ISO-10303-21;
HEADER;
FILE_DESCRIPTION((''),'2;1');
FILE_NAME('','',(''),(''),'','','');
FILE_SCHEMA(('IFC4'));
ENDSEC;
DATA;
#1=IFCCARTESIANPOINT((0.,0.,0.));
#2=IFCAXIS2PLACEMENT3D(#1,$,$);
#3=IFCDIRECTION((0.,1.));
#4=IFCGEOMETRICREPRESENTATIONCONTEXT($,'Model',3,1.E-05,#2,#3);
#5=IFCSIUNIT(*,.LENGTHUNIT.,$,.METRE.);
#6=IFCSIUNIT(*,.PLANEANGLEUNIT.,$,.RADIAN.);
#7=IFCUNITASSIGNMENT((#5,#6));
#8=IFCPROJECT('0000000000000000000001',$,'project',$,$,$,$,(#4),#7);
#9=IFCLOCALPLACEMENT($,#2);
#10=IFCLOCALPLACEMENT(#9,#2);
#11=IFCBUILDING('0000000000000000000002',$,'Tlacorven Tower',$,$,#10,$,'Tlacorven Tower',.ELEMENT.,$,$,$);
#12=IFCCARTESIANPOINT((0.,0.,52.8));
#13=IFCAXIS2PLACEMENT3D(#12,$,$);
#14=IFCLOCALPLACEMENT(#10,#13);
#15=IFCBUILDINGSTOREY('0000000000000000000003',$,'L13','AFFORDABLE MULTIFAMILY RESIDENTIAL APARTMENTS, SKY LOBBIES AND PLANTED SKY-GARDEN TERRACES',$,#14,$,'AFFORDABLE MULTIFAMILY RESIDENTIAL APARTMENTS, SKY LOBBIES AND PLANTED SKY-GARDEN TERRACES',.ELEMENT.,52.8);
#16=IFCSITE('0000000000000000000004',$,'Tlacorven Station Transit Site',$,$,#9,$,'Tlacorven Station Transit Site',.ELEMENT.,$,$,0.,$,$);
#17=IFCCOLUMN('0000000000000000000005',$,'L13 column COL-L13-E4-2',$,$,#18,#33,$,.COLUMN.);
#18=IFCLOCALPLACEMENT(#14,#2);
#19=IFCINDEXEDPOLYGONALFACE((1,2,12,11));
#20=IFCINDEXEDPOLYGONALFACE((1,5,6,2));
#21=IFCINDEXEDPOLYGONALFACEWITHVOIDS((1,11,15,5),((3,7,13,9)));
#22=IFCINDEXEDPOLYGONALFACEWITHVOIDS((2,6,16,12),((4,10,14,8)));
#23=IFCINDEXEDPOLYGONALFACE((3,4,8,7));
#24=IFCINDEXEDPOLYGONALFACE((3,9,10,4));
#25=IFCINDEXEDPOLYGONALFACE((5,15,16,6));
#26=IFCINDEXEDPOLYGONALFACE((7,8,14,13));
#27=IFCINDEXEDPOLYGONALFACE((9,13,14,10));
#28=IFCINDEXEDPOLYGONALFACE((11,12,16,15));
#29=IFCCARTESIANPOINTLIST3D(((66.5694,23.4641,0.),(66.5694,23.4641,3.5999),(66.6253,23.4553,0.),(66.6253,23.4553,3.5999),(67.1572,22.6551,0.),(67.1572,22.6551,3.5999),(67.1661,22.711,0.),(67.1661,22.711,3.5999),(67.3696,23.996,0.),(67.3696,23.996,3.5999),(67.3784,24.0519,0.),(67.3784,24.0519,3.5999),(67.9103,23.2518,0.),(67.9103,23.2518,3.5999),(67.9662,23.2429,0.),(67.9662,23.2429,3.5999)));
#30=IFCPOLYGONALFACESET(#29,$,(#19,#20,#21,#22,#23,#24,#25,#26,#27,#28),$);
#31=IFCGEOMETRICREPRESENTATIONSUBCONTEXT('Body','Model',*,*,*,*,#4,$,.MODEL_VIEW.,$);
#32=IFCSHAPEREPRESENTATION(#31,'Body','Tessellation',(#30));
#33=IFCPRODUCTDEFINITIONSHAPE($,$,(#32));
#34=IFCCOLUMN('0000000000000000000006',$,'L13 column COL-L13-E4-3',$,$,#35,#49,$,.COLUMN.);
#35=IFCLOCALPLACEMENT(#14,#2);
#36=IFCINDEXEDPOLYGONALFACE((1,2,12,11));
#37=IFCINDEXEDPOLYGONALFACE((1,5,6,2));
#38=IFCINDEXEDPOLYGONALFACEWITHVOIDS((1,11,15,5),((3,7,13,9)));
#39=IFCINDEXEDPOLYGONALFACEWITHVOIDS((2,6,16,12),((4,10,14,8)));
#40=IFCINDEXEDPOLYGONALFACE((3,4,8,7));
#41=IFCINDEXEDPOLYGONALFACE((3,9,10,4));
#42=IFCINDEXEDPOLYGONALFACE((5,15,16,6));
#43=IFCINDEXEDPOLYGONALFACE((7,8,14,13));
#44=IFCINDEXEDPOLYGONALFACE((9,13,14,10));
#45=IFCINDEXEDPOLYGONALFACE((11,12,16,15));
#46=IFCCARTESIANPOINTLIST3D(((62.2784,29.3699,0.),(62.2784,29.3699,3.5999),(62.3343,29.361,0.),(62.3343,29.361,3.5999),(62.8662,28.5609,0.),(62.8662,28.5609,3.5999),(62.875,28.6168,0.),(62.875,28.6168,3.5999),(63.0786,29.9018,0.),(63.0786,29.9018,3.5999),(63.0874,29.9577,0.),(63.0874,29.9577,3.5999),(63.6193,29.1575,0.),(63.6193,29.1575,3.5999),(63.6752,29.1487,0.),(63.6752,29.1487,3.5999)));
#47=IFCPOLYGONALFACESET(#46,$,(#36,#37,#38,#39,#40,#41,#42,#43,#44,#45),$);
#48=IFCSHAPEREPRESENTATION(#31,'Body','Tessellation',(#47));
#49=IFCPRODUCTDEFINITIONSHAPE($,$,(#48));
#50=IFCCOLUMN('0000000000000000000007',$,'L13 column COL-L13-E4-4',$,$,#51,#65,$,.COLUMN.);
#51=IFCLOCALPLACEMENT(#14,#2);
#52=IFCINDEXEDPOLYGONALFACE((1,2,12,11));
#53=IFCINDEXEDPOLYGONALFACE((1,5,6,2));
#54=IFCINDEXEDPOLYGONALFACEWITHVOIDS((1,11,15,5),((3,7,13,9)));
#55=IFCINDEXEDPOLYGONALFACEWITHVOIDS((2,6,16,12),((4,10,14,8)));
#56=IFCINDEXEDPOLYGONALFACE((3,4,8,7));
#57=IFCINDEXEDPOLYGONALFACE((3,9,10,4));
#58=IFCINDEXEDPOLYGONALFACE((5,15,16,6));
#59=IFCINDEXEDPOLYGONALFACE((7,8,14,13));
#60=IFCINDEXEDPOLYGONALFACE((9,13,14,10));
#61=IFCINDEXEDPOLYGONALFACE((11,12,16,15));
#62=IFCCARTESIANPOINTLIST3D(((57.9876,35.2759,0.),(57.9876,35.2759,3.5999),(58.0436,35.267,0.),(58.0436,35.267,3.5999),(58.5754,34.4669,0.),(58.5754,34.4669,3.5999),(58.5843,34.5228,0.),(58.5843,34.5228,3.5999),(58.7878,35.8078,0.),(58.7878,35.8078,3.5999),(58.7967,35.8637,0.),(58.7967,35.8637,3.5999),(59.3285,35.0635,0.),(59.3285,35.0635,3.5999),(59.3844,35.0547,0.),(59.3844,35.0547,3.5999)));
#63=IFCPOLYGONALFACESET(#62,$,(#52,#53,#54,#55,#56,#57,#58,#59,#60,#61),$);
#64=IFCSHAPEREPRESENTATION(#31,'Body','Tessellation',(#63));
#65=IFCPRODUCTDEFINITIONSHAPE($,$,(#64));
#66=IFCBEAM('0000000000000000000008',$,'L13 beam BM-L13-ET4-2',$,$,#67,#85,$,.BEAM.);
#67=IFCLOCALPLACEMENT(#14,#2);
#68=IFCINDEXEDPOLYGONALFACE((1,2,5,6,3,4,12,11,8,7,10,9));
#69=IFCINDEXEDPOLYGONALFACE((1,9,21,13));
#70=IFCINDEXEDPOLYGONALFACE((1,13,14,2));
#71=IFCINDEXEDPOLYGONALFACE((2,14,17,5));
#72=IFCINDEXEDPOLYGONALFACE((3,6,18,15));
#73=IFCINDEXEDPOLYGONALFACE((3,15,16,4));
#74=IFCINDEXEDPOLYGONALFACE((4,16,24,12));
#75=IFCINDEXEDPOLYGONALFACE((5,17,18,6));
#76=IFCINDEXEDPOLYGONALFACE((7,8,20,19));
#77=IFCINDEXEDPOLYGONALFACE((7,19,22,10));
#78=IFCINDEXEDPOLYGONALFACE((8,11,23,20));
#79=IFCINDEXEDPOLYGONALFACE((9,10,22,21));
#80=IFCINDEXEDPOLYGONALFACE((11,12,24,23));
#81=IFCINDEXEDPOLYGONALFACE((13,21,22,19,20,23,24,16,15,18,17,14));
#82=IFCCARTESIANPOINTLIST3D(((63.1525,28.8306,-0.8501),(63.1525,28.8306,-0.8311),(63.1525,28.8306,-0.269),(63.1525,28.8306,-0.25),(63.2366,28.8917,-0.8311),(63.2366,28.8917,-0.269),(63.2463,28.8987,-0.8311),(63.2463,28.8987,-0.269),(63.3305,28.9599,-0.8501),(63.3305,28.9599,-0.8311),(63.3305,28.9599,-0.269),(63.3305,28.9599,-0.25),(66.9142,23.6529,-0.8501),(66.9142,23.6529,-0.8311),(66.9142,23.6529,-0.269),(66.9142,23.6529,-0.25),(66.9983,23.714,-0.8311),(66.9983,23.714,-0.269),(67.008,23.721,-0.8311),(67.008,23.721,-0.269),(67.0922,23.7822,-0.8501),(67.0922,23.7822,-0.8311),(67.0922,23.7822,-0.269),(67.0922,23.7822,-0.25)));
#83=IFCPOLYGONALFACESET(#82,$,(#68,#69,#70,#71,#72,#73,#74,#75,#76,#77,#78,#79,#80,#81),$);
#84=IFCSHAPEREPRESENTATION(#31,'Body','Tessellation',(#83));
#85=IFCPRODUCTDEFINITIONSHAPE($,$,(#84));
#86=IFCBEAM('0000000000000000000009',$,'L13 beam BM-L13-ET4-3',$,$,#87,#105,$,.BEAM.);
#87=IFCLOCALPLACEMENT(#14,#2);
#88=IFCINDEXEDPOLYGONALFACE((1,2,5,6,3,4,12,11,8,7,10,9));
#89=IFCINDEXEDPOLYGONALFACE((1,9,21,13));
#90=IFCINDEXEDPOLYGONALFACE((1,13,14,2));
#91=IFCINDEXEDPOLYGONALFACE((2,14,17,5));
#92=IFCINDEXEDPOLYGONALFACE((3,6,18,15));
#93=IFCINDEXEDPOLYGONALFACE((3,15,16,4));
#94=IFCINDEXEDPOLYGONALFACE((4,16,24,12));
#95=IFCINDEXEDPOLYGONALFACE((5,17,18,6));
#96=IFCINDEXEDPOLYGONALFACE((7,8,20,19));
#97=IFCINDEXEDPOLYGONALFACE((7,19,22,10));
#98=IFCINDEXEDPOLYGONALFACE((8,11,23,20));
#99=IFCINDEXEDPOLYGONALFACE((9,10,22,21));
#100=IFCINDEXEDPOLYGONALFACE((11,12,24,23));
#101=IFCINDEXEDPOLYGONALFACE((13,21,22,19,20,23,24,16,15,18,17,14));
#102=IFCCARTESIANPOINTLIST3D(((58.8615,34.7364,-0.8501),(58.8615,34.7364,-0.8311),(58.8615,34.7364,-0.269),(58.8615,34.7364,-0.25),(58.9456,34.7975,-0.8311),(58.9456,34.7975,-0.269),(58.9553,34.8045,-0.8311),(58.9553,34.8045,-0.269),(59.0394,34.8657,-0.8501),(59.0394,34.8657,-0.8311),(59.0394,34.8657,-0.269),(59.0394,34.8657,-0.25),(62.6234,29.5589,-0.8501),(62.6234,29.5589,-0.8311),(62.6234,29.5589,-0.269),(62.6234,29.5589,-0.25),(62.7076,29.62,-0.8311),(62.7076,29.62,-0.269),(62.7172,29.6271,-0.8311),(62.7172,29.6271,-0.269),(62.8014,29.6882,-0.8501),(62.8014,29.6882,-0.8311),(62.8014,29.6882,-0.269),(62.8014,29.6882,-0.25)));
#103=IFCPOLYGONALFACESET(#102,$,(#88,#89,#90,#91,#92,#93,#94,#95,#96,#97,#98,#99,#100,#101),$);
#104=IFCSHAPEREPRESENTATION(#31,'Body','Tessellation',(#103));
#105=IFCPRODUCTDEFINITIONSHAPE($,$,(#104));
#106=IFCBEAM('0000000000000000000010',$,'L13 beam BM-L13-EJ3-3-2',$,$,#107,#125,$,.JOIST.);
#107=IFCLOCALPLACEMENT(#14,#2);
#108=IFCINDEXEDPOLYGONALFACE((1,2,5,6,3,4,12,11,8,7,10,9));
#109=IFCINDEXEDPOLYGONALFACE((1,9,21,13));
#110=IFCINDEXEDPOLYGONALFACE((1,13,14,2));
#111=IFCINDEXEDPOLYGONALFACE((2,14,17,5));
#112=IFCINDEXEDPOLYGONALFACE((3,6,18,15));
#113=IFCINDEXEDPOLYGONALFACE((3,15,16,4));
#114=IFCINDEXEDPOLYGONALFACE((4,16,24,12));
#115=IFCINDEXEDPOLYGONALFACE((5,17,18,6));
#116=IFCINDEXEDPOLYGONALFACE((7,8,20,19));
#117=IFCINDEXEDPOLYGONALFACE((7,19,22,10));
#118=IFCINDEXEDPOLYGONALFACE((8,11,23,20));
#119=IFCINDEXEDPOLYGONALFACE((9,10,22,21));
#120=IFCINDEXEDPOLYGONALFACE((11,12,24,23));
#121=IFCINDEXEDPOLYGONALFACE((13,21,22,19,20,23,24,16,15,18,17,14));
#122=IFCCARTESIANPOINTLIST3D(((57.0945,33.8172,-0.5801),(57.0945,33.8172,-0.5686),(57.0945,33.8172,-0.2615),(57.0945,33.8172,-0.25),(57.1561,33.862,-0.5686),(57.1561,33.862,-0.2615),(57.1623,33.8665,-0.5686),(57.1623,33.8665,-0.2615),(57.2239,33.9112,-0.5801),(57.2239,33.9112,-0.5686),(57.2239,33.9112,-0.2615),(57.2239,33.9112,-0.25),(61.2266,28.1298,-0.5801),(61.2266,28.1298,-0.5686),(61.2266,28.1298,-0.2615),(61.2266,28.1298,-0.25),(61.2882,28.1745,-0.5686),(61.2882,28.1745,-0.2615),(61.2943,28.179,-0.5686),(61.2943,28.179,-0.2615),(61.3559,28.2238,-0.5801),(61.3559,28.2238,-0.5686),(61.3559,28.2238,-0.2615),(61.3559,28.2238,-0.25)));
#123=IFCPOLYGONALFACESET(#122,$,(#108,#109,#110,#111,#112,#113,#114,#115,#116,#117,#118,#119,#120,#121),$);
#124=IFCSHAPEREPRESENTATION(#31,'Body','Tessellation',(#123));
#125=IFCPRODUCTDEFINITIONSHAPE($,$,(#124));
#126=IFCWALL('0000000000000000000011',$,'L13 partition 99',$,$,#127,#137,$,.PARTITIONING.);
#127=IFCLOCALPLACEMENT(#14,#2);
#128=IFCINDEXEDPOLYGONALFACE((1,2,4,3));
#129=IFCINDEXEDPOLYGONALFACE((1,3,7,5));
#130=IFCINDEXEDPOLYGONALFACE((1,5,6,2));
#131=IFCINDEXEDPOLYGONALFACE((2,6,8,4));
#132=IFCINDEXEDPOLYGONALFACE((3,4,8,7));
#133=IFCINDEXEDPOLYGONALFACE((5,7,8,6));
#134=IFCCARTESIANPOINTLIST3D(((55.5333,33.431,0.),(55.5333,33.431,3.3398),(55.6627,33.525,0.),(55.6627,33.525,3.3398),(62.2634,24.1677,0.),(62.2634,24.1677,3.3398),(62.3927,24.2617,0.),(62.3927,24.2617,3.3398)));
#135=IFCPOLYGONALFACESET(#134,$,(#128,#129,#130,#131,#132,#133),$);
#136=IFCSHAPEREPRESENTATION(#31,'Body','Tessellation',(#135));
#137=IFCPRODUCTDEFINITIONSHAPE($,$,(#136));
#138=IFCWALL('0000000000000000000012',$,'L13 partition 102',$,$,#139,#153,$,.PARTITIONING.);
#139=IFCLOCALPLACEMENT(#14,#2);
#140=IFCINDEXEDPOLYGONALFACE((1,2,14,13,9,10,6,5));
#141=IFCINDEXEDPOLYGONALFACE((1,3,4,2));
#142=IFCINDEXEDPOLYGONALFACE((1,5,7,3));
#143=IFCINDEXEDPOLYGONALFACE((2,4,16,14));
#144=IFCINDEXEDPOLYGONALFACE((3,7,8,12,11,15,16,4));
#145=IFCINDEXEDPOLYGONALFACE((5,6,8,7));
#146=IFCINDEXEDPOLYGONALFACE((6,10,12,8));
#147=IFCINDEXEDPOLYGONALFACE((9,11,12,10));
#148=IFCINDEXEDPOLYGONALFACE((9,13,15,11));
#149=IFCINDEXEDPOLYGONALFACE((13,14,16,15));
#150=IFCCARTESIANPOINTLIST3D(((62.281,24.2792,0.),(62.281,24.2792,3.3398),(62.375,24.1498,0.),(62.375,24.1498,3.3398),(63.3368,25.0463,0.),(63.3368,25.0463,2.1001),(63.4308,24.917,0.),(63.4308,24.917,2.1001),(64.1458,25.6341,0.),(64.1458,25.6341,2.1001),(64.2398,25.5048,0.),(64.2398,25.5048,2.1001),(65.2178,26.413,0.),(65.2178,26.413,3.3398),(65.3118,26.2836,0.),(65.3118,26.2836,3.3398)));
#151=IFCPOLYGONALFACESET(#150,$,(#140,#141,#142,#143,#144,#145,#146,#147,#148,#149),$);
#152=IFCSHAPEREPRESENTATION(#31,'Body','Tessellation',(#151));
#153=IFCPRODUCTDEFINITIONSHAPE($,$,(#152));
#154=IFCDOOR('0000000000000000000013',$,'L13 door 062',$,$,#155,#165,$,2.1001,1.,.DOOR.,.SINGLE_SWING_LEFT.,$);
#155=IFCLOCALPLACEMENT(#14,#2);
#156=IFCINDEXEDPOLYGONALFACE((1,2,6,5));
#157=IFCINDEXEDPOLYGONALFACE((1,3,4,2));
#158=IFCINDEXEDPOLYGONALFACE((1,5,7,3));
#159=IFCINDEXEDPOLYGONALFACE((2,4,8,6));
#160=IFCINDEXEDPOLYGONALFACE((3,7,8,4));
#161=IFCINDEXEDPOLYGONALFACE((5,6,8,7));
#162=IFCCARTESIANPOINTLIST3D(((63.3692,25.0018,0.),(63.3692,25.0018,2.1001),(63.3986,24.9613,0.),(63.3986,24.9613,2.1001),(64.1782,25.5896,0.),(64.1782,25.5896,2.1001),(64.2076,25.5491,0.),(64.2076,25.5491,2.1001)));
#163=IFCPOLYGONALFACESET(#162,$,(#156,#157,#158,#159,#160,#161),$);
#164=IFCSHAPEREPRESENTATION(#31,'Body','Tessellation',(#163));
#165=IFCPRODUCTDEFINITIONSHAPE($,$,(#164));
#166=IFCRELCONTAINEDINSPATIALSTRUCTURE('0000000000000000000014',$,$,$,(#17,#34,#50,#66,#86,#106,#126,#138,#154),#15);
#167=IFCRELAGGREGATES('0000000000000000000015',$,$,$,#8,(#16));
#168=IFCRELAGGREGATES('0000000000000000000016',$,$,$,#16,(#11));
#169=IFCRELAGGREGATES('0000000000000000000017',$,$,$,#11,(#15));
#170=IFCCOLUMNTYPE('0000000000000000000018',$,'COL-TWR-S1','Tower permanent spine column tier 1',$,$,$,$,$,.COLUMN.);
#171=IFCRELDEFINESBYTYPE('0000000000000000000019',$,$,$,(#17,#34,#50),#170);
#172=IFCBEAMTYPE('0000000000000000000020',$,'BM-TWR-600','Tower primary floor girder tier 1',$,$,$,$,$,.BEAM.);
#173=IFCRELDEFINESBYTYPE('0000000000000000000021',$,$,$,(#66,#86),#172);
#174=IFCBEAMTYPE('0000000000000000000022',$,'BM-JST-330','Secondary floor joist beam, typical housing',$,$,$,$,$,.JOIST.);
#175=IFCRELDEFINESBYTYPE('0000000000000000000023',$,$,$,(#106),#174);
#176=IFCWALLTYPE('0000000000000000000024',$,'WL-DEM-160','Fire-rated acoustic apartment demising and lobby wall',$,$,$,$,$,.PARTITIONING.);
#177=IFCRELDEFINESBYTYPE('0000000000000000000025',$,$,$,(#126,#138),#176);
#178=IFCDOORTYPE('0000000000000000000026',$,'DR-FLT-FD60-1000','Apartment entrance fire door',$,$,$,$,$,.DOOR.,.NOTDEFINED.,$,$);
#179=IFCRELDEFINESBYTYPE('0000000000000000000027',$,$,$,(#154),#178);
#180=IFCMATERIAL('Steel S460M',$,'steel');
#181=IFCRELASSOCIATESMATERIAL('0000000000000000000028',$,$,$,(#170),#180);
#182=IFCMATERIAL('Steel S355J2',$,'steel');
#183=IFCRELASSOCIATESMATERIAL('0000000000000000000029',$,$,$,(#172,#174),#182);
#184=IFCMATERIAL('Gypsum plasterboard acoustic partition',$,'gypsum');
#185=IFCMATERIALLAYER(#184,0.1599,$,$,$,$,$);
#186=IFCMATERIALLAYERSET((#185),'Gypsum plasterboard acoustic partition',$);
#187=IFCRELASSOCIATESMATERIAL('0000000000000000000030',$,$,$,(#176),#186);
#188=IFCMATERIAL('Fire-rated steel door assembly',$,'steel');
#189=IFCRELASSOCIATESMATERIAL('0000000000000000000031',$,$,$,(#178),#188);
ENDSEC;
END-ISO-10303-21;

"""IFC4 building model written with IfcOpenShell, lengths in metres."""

from ifc_helpers import new_model, si_unit, direction, frame, frame_2d, origin, origin_2d, place, context, subcontext, project, spatial, rectangle, hollow_rectangle, i_section, extrude, source, transform, mapped, material, layer, layer_set, material_profile, profile_set, type_object, element, fill, save


model = new_model("IFC4")

# Units and contexts
model_context = context("Model", 3, precision=1e-05, world=origin(), true_north=direction((0.0, 1.0)))
body_context = subcontext(model_context, "Body", "Model", "MODEL_VIEW")
ifc_project = project(units=[si_unit("LENGTHUNIT", "METRE"), si_unit("PLANEANGLEUNIT", "RADIAN")], contexts=[model_context])

# Site, building, storey
site_placement = place(None, origin())
site = spatial("IfcSite", under=ifc_project, at=site_placement, Name="Tlacorven Station Transit Site", LongName="Tlacorven Station Transit Site", CompositionType="ELEMENT", RefElevation=0.0)
building_placement = place(site_placement, origin())
building = spatial("IfcBuilding", under=site, at=building_placement, Name="Tlacorven Tower", LongName="Tlacorven Tower", CompositionType="ELEMENT")
storey_placement = place(building_placement, frame((0.0, 0.0, 52.8)))
storey = spatial("IfcBuildingStorey", under=building, at=storey_placement, Name="L13", Description="AFFORDABLE MULTIFAMILY RESIDENTIAL APARTMENTS, SKY LOBBIES AND PLANTED SKY-GARDEN TERRACES", LongName="AFFORDABLE MULTIFAMILY RESIDENTIAL APARTMENTS, SKY LOBBIES AND PLANTED SKY-GARDEN TERRACES", CompositionType="ELEMENT", Elevation=52.8)

# Columns
ifc_material_1 = material(Name="Steel S460M", Category="steel")
ifc_material_profile_1 = material_profile(ifc_material_1, hollow_rectangle(XDim=1.0, YDim=1.0, WallThickness=0.04, at=origin_2d()), Name="BOX 1000X1000X40")
ifc_profile_set_1 = profile_set([ifc_material_profile_1], Name="Steel S460M")
column_type = type_object("IfcColumnType", Name="COL-TWR-S1", Description="Tower permanent spine column tier 1", PredefinedType="COLUMN", material=ifc_profile_set_1)
shared_shape_1 = source(origin(), body_context, "Body", "SweptSolid", [
    extrude(hollow_rectangle(XDim=1.0, YDim=1.0, WallThickness=0.04, at=origin_2d()), origin(), (0.0, 0.0, 1.0), 3.5999),
])
for number, where, z_axis, x_axis, name in (
    (1, (67.2678, 23.3535, 0.0), (0.0, 0.0, 1.0), (0.809017, 0.587785, 0.0), "L13 column COL-L13-E4-2"),
    (2, (62.9768, 29.2593, 0.0), (0.0, 0.0, 1.0), (0.809017, 0.587785, 0.0), "L13 column COL-L13-E4-3"),
    (3, (58.686, 35.1653, 0.0), (0.0, 0.0, 1.0), (0.809017, 0.587785, 0.0), "L13 column COL-L13-E4-4"),
):
    element("IfcColumn", number, at=place(storey_placement, frame(where, z_axis=z_axis, x_axis=x_axis)), inside=storey, type_object=column_type, Name=name, PredefinedType="COLUMN", context=body_context, shape_type="MappedRepresentation", body=[
        mapped(shared_shape_1, transform((0.0, 0.0, 0.0), scale=1.0)),
    ])

# Beams
ifc_material_2 = material(Name="Steel S355J2", Category="steel")
ifc_material_profile_2 = material_profile(ifc_material_2, i_section(OverallWidth=0.22, OverallDepth=0.6001, WebThickness=0.012, FlangeThickness=0.019, at=origin_2d()), Name="IPE 600")
ifc_profile_set_2 = profile_set([ifc_material_profile_2], Name="Steel S355J2")
beam_type_1 = type_object("IfcBeamType", Name="BM-TWR-600", Description="Tower primary floor girder tier 1", PredefinedType="BEAM", material=ifc_profile_set_2)
shared_shape_2 = source(origin(), body_context, "Body", "SweptSolid", [
    extrude(i_section(OverallWidth=0.22, OverallDepth=0.6001, WebThickness=0.012, FlangeThickness=0.019, at=origin_2d()), origin(), (0.0, 0.0, 1.0), 6.3999),
])
for number, where, z_axis, x_axis, name in (
    (4, (67.0032, 23.7175, -0.55), (-0.587772, 0.809026, 0.0), (-0.809026, -0.587772, 0.0), "L13 beam BM-L13-ET4-2"),
    (5, (62.7124, 29.6235, -0.55), (-0.587816, 0.808995, 0.0), (-0.808995, -0.587816, 0.0), "L13 beam BM-L13-ET4-3"),
):
    element("IfcBeam", number, at=place(storey_placement, frame(where, z_axis=z_axis, x_axis=x_axis)), inside=storey, type_object=beam_type_1, Name=name, PredefinedType="BEAM", context=body_context, shape_type="MappedRepresentation", body=[
        mapped(shared_shape_2, transform((0.0, 0.0, 0.0), scale=1.0)),
    ])
ifc_material_profile_3 = material_profile(ifc_material_2, i_section(OverallWidth=0.1599, OverallDepth=0.3301, WebThickness=0.0076, FlangeThickness=0.0115, at=origin_2d()), Name="IPE 330")
ifc_profile_set_3 = profile_set([ifc_material_profile_3], Name="Steel S355J2")
beam_type_2 = type_object("IfcBeamType", Name="BM-JST-330", Description="Secondary floor joist beam, typical housing", PredefinedType="JOIST", material=ifc_profile_set_3)
shared_shape_3 = source(origin(), body_context, "Body", "SweptSolid", [
    extrude(i_section(OverallWidth=0.1599, OverallDepth=0.3301, WebThickness=0.0076, FlangeThickness=0.0115, at=origin_2d()), origin(), (0.0, 0.0, 1.0), 7.03),
])
beam_placement = place(storey_placement, frame((61.2913, 28.1768, -0.415), z_axis=(-0.587773, 0.809026, 0.0), x_axis=(-0.809026, -0.587773, 0.0)))
element("IfcBeam", 6, at=beam_placement, inside=storey, type_object=beam_type_2, Name="L13 beam BM-L13-EJ3-3-2", PredefinedType="JOIST", context=body_context, shape_type="MappedRepresentation", body=[
    mapped(shared_shape_3, transform((0.0, 0.0, 0.0), scale=1.0)),
])

# Wall
ifc_material_3 = material(Name="Gypsum plasterboard acoustic partition", Category="gypsum")
ifc_layer_1 = layer(ifc_material_3, 0.1599)
ifc_layer_set_1 = layer_set([ifc_layer_1], Name="Gypsum plasterboard acoustic partition")
wall_type_1 = type_object("IfcWallType", Name="WL-DEM-160", Description="Fire-rated acoustic apartment demising and lobby wall", PredefinedType="PARTITIONING", material=ifc_layer_set_1)
wall_1_placement = place(storey_placement, frame((62.3281, 24.2146, 0.0), z_axis=(0.0, 0.0, 1.0), x_axis=(-0.587779, 0.809022, 0.0)))
element("IfcWall", 7, at=wall_1_placement, inside=storey, type_object=wall_type_1, Name="L13 partition 99", PredefinedType="PARTITIONING", context=body_context, shape_type="SweptSolid", body=[
    extrude(rectangle(XDim=11.45, YDim=0.1599, at=frame_2d((5.7251, 0.0))), origin(), (0.0, 0.0, 1.0), 3.3398),
])

# Wall, opening, door
wall_2_placement = place(storey_placement, frame((62.3281, 24.2146, 0.0), z_axis=(0.0, 0.0, 1.0), x_axis=(0.809004, 0.587804, 0.0)))
wall_2 = element("IfcWall", 8, at=wall_2_placement, inside=storey, type_object=wall_type_1, Name="L13 partition 102", PredefinedType="PARTITIONING", context=body_context, shape_type="SweptSolid", body=[
    extrude(rectangle(XDim=3.6301, YDim=0.1599, at=frame_2d((1.8149, 0.0))), origin(), (0.0, 0.0, 1.0), 3.3398),
])
opening_1_placement = place(wall_2_placement, frame((1.3049, 0.0, 0.0)))
opening_1 = element("IfcOpeningElement", 9, at=opening_1_placement, cuts=wall_2, PredefinedType="OPENING", context=body_context, shape_type="SweptSolid", body=[
    extrude(rectangle(XDim=1.0, YDim=2.1001, at=frame_2d((0.5, 1.05))), frame((0.0, 0.0898, 0.0), z_axis=(0.0, -1.0, 0.0), x_axis=(1.0, 0.0, 0.0)), (0.0, 0.0, 1.0), 0.1799),
])
ifc_material_4 = material(Name="Fire-rated steel door assembly", Category="steel")
door_type_1 = type_object("IfcDoorType", Name="DR-FLT-FD60-1000", Description="Apartment entrance fire door", OperationType="NOTDEFINED", PredefinedType="DOOR", material=ifc_material_4)
shared_shape_4 = source(origin(), body_context, "Body", "SweptSolid", [
    extrude(rectangle(XDim=1.0, YDim=2.1001, at=frame_2d((0.5, 1.05))), frame((0.0, 0.0249, 0.0), z_axis=(0.0, -1.0, 0.0), x_axis=(1.0, 0.0, 0.0)), (0.0, 0.0, 1.0), 0.05),
])
door_1_placement = place(opening_1_placement, origin())
door_1 = element("IfcDoor", 10, at=door_1_placement, inside=storey, type_object=door_type_1, Name="L13 door 062", OperationType="SINGLE_SWING_LEFT", OverallHeight=2.1001, OverallWidth=1.0, PredefinedType="DOOR", context=body_context, shape_type="MappedRepresentation", body=[
    mapped(shared_shape_4, transform((0.0, 0.0, 0.0), scale=1.0)),
])
fill(opening_1, door_1)

save(model, "model.ifc")
